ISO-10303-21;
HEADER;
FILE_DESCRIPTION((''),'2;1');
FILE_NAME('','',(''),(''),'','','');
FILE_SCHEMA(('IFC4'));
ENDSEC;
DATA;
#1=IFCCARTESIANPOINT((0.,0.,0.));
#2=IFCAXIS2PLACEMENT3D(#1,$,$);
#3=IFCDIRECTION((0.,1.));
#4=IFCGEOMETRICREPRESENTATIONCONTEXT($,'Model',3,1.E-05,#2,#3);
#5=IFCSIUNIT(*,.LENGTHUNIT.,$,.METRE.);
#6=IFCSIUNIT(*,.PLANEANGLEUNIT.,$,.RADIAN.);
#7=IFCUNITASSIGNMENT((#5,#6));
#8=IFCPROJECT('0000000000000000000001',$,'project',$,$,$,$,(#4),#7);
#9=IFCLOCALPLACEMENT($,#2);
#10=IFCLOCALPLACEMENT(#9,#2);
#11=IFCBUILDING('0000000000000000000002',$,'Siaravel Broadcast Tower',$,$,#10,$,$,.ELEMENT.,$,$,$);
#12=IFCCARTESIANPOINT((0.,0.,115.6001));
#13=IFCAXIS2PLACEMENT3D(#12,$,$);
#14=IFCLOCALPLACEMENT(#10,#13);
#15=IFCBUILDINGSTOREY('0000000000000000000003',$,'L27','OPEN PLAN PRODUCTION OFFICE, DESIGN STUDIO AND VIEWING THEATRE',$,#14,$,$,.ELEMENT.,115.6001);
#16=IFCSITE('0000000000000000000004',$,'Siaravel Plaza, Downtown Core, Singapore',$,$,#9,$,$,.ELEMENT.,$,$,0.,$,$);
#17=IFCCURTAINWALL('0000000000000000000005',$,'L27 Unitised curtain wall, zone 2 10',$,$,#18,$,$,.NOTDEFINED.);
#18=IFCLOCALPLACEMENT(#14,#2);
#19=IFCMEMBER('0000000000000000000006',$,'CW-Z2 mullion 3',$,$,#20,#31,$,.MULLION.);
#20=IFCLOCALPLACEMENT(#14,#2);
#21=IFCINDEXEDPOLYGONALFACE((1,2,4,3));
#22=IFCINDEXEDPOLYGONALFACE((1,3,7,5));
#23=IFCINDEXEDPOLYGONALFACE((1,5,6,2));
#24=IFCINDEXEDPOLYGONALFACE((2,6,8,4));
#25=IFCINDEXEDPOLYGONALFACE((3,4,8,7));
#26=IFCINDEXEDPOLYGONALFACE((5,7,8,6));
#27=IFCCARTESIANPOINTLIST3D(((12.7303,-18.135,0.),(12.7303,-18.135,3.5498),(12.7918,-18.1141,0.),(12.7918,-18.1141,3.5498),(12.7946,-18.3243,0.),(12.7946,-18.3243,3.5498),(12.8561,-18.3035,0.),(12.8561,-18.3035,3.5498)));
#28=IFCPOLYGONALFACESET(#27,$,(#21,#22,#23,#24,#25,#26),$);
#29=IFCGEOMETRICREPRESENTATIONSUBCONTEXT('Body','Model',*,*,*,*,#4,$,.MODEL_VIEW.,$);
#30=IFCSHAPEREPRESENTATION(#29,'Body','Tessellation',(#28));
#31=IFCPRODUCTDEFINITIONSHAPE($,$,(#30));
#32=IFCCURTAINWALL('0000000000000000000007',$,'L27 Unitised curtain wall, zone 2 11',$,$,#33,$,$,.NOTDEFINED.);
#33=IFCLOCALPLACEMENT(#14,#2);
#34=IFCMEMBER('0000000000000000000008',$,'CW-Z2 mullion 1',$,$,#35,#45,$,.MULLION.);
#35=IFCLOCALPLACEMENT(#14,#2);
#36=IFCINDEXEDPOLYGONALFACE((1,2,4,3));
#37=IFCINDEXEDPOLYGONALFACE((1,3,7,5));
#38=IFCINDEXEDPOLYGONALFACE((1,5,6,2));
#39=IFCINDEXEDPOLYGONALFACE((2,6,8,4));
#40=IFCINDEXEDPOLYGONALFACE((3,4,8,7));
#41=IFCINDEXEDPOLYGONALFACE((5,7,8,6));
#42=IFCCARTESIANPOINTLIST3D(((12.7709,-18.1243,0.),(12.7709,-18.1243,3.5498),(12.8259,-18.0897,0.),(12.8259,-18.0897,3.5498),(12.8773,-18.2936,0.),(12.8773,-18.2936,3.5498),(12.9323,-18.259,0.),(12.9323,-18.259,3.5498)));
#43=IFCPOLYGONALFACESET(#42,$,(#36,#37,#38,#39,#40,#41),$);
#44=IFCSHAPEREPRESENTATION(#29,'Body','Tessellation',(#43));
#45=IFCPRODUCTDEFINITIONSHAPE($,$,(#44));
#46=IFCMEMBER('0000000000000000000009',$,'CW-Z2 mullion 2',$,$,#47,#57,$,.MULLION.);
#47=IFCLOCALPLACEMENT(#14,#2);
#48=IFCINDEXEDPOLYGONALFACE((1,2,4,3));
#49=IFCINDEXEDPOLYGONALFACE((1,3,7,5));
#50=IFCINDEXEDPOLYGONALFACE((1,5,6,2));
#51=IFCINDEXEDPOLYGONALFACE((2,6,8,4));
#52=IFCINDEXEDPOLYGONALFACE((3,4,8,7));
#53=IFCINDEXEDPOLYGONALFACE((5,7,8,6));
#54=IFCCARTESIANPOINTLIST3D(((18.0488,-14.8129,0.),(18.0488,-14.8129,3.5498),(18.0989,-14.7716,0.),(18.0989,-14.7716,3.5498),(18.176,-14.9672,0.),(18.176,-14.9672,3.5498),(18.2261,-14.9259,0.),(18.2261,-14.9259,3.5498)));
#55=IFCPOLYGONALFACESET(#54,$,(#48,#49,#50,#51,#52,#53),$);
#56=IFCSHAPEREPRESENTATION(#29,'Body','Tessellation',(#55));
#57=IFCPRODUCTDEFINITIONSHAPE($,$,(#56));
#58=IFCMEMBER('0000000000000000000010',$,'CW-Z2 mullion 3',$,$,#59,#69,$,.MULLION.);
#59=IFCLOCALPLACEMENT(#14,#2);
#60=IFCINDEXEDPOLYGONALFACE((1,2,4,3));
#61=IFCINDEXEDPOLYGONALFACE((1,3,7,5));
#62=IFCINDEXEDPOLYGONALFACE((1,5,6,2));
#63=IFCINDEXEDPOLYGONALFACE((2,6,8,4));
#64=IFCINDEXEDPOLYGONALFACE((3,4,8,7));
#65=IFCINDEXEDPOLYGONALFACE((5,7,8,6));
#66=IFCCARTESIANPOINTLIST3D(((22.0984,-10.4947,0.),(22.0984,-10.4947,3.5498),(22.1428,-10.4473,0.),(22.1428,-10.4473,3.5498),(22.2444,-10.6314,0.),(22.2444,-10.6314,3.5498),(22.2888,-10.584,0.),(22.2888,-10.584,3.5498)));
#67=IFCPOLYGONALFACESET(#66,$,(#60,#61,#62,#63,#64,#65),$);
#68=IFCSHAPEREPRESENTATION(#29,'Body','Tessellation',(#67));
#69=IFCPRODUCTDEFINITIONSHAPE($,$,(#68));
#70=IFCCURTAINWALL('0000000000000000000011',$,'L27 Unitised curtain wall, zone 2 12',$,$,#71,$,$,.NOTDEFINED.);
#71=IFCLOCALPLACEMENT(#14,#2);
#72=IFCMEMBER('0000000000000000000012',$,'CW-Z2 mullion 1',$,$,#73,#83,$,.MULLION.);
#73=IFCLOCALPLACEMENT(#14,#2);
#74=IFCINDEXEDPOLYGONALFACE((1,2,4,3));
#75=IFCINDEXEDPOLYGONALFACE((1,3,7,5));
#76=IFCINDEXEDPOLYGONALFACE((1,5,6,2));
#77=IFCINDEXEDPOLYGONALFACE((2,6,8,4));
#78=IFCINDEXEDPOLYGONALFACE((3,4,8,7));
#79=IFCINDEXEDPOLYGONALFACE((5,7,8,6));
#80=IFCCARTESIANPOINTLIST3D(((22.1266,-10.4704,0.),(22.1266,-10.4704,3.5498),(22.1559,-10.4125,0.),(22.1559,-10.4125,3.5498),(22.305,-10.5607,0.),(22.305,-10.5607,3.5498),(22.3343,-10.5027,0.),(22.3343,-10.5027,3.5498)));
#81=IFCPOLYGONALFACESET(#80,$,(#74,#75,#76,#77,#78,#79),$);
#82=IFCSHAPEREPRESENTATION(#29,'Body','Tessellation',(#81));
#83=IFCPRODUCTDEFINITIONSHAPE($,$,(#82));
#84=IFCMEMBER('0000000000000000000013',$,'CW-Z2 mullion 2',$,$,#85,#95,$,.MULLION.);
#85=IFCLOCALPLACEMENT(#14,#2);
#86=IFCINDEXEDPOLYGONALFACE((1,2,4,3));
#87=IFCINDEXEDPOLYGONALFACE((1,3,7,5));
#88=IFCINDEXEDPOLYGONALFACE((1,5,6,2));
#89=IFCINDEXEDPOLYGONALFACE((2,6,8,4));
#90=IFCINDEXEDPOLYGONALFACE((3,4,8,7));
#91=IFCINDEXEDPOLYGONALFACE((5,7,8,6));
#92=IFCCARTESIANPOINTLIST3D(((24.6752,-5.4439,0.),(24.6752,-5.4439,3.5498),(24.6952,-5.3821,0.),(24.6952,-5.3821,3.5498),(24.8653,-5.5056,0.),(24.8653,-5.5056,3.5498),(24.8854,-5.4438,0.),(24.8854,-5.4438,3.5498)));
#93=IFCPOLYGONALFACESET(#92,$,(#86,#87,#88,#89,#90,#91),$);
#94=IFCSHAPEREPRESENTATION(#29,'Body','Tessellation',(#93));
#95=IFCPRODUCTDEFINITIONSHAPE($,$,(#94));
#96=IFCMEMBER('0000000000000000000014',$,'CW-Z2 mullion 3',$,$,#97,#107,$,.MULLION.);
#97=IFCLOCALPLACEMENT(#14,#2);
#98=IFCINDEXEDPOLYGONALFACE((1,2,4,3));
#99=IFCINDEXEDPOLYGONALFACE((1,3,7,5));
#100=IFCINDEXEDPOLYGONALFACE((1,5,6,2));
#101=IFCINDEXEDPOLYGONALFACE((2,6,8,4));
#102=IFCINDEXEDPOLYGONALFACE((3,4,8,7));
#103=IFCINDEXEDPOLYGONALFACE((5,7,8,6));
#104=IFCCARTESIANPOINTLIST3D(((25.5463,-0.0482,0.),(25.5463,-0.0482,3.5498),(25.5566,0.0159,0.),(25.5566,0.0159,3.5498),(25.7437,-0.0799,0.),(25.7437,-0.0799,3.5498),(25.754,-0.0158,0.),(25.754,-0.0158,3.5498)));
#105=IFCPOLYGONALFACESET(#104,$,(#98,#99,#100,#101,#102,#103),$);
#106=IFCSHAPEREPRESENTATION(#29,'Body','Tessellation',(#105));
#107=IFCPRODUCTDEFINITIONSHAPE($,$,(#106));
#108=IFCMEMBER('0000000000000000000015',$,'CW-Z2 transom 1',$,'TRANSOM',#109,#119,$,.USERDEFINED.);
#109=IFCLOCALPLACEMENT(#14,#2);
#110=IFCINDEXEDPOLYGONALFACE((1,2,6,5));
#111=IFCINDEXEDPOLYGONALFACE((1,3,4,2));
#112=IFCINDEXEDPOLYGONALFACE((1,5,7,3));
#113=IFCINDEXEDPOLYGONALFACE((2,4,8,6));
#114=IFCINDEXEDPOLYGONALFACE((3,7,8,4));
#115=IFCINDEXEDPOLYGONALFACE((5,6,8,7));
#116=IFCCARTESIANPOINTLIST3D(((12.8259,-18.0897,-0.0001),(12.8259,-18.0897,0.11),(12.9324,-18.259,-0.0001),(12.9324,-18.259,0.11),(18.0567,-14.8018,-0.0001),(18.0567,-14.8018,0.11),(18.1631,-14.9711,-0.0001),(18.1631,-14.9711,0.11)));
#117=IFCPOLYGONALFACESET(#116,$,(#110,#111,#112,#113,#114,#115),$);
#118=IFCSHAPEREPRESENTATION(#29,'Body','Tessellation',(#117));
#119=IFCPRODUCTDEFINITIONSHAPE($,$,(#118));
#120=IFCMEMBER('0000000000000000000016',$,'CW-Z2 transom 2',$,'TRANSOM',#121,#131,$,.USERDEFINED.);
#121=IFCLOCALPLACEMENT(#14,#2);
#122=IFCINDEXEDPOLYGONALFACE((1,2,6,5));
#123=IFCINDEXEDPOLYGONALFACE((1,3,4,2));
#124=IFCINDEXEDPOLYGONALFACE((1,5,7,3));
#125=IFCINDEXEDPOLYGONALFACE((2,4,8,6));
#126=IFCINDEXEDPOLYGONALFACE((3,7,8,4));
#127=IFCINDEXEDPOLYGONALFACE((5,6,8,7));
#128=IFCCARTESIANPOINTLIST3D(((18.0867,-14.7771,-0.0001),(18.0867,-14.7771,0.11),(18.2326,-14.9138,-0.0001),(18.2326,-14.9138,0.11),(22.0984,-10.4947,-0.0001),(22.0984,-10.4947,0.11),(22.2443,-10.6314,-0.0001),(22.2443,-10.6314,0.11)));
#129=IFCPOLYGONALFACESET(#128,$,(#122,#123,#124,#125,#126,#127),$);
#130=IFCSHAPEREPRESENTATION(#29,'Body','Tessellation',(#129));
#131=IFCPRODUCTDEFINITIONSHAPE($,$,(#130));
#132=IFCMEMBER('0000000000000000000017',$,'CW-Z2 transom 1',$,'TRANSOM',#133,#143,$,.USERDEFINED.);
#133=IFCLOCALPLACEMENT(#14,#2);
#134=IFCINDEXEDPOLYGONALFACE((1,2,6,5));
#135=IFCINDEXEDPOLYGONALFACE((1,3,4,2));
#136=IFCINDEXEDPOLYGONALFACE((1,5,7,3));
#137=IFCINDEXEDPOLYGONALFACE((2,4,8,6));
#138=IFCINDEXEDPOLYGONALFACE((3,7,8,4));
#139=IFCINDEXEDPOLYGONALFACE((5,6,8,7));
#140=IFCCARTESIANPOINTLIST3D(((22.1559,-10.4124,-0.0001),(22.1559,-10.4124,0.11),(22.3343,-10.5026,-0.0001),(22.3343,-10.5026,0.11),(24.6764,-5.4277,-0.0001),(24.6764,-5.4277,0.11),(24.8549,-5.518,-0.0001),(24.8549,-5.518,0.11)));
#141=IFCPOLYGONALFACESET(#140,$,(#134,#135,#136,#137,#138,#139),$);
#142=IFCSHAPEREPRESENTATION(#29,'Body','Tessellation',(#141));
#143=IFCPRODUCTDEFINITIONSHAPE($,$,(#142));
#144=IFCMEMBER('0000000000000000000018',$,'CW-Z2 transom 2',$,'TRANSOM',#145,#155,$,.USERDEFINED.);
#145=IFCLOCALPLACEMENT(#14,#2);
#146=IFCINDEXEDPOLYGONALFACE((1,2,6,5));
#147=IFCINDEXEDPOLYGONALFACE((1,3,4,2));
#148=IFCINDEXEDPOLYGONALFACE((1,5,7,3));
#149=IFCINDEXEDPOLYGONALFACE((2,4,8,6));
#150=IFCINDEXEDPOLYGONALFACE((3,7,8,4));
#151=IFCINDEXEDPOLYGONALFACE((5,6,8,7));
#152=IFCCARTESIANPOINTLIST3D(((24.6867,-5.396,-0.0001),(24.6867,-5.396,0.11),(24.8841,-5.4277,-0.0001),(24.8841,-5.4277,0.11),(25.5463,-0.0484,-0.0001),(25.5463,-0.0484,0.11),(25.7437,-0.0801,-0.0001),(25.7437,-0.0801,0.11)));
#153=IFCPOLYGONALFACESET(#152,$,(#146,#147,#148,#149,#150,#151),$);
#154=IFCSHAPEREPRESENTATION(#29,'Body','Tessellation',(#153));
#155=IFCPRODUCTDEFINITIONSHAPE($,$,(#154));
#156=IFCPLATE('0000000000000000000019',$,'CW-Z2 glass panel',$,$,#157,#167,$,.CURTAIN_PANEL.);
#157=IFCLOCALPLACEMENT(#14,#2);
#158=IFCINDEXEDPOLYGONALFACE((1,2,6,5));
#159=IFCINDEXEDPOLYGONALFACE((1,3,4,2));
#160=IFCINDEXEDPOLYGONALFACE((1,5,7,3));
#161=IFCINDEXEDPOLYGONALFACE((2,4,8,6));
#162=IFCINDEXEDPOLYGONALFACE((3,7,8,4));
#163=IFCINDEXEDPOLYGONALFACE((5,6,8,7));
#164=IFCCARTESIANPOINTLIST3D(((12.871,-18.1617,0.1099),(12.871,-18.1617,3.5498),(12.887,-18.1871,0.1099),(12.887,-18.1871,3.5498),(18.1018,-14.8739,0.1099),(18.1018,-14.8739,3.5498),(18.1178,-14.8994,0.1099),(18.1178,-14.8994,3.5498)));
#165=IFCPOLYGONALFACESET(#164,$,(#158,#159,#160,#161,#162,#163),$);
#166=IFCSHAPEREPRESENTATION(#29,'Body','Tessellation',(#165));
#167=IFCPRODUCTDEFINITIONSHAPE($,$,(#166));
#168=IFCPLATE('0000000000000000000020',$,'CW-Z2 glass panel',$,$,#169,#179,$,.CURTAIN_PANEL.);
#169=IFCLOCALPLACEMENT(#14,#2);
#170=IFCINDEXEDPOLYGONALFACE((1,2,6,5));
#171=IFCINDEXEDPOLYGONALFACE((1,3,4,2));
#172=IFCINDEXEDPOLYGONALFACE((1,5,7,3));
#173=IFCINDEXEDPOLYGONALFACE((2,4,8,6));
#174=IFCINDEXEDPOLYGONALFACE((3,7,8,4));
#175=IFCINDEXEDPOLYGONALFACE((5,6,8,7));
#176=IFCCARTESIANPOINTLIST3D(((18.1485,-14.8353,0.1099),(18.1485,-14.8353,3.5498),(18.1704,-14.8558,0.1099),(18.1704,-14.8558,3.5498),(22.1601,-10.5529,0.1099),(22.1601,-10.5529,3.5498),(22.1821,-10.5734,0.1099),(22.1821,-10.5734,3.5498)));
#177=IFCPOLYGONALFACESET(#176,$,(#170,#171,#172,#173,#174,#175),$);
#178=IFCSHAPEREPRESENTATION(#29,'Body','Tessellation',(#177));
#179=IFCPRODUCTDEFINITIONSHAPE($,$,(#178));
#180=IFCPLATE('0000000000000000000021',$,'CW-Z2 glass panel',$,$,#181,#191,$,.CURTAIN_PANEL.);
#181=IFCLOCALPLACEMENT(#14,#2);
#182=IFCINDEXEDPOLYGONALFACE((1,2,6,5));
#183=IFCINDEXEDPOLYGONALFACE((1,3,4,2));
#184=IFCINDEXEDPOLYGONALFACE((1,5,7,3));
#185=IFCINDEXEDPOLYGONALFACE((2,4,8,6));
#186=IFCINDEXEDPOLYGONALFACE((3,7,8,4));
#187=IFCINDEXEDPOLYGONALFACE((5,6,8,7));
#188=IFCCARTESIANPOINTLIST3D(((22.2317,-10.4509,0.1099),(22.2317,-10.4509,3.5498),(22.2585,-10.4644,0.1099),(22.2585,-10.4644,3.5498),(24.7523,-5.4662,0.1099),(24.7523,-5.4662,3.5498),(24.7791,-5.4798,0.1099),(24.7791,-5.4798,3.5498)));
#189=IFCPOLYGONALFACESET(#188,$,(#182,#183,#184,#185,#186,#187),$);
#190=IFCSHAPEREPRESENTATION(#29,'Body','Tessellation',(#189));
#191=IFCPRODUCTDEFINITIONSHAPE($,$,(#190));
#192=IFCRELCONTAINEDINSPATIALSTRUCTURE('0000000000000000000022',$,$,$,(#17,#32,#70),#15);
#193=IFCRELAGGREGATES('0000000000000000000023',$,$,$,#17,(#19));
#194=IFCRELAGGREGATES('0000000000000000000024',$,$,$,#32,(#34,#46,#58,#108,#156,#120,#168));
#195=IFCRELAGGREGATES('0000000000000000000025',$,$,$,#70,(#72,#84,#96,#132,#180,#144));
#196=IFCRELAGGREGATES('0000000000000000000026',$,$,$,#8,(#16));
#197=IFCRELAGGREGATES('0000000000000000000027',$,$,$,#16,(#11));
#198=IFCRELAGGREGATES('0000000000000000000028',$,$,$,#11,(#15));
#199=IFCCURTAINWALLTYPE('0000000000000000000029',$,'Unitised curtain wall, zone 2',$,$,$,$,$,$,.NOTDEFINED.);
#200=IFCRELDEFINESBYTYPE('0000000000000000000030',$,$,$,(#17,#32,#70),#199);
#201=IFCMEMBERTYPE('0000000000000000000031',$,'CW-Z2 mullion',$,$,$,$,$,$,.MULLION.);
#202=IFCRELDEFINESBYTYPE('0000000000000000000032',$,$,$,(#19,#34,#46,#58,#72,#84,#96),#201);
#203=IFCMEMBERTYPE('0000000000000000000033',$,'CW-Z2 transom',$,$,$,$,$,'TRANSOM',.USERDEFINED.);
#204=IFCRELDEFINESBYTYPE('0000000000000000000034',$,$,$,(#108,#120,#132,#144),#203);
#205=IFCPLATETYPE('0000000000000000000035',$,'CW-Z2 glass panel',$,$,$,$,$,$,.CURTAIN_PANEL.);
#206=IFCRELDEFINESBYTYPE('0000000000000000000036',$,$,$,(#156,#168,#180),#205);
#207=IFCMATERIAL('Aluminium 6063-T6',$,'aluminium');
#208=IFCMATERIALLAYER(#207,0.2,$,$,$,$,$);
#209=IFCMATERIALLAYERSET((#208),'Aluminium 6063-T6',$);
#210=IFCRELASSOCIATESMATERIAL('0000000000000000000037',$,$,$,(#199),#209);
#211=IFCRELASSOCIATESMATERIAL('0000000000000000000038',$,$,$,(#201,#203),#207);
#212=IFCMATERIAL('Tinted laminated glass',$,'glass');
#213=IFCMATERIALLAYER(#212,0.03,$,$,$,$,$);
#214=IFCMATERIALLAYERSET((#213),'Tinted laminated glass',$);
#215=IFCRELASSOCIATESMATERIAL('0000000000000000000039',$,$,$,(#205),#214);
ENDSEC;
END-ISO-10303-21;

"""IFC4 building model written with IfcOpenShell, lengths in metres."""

from ifc_helpers import new_model, si_unit, direction, frame, origin, origin_2d, place, context, subcontext, project, spatial, rectangle, extrude, material, layer, layer_set, material_profile, profile_set, type_object, element, aggregate, save


model = new_model("IFC4")

# Units and contexts
model_context = context("Model", 3, precision=1e-05, world=origin(), true_north=direction((0.0, 1.0)))
body_context = subcontext(model_context, "Body", "Model", "MODEL_VIEW")
ifc_project = project(units=[si_unit("LENGTHUNIT", "METRE"), si_unit("PLANEANGLEUNIT", "RADIAN")], contexts=[model_context])

# Site, building, storey
site_placement = place(None, origin())
site = spatial("IfcSite", under=ifc_project, at=site_placement, Name="Siaravel Plaza, Downtown Core, Singapore", CompositionType="ELEMENT", RefElevation=0.0)
building_placement = place(site_placement, origin())
building = spatial("IfcBuilding", under=site, at=building_placement, Name="Siaravel Broadcast Tower", CompositionType="ELEMENT")
storey_placement = place(building_placement, frame((0.0, 0.0, 115.6001)))
storey = spatial("IfcBuildingStorey", under=building, at=storey_placement, Name="L27", Description="OPEN PLAN PRODUCTION OFFICE, DESIGN STUDIO AND VIEWING THEATRE", CompositionType="ELEMENT", Elevation=115.6001)

# Curtain wall, member
ifc_material_1 = material(Name="Aluminium 6063-T6", Category="aluminium")
ifc_layer_1 = layer(ifc_material_1, 0.2)
ifc_layer_set_1 = layer_set([ifc_layer_1], Name="Aluminium 6063-T6")
curtain_wall_type = type_object("IfcCurtainWallType", Name="Unitised curtain wall, zone 2", PredefinedType="NOTDEFINED", material=ifc_layer_set_1)
curtain_wall_1_placement = place(storey_placement, origin())
curtain_wall_1 = element("IfcCurtainWall", 1, at=curtain_wall_1_placement, inside=storey, type_object=curtain_wall_type, Name="L27 Unitised curtain wall, zone 2 10", PredefinedType="NOTDEFINED")
ifc_material_profile_1 = material_profile(ifc_material_1, rectangle(XDim=0.2, YDim=0.0649, at=origin_2d()))
ifc_profile_set_1 = profile_set([ifc_material_profile_1], Name="Aluminium 6063-T6")
member_type_1 = type_object("IfcMemberType", Name="CW-Z2 mullion", PredefinedType="MULLION", material=ifc_profile_set_1)
member_1_placement = place(storey_placement, frame((12.7932, -18.2192, 0.0), z_axis=(0.0, 0.0, 1.0), x_axis=(-0.321301, 0.946977, 0.0)))
member_1 = element("IfcMember", 2, at=member_1_placement, type_object=member_type_1, Name="CW-Z2 mullion 3", PredefinedType="MULLION", context=body_context, shape_type="SweptSolid", body=[
    extrude(rectangle(XDim=0.2, YDim=0.0649, at=origin_2d()), origin(), (0.0, 0.0, 1.0), 3.5498),
])
aggregate(curtain_wall_1, [member_1])

# Curtain walls, members
curtain_wall_2_placement = place(storey_placement, origin())
curtain_wall_2 = element("IfcCurtainWall", 3, at=curtain_wall_2_placement, inside=storey, type_object=curtain_wall_type, Name="L27 Unitised curtain wall, zone 2 11", PredefinedType="NOTDEFINED")
member_2_placement = place(storey_placement, frame((12.8516, -18.1917, 0.0), z_axis=(0.0, 0.0, 1.0), x_axis=(-0.532149, 0.846651, 0.0)))
member_2 = element("IfcMember", 4, at=member_2_placement, type_object=member_type_1, Name="CW-Z2 mullion 1", PredefinedType="MULLION", context=body_context, shape_type="SweptSolid", body=[
    extrude(rectangle(XDim=0.2, YDim=0.0649, at=origin_2d()), origin(), (0.0, 0.0, 1.0), 3.5498),
])
member_3_placement = place(storey_placement, frame((18.1375, -14.8694, 0.0), z_axis=(0.0, 0.0, 1.0), x_axis=(-0.636218, 0.771509, 0.0)))
member_3 = element("IfcMember", 5, at=member_3_placement, type_object=member_type_1, Name="CW-Z2 mullion 2", PredefinedType="MULLION", context=body_context, shape_type="SweptSolid", body=[
    extrude(rectangle(XDim=0.2, YDim=0.0649, at=origin_2d()), origin(), (0.0, 0.0, 1.0), 3.5498),
])
member_4_placement = place(storey_placement, frame((22.1936, -10.5393, 0.0), z_axis=(0.0, 0.0, 1.0), x_axis=(-0.729805, 0.683655, 0.0)))
member_4 = element("IfcMember", 6, at=member_4_placement, type_object=member_type_1, Name="CW-Z2 mullion 3", PredefinedType="MULLION", context=body_context, shape_type="SweptSolid", body=[
    extrude(rectangle(XDim=0.2, YDim=0.0649, at=origin_2d()), origin(), (0.0, 0.0, 1.0), 3.5498),
])
curtain_wall_3_placement = place(storey_placement, origin())
curtain_wall_3 = element("IfcCurtainWall", 7, at=curtain_wall_3_placement, inside=storey, type_object=curtain_wall_type, Name="L27 Unitised curtain wall, zone 2 12", PredefinedType="NOTDEFINED")
member_5_placement = place(storey_placement, frame((22.2305, -10.4866, 0.0), z_axis=(0.0, 0.0, 1.0), x_axis=(-0.892392, 0.451261, 0.0)))
member_5 = element("IfcMember", 8, at=member_5_placement, type_object=member_type_1, Name="CW-Z2 mullion 1", PredefinedType="MULLION", context=body_context, shape_type="SweptSolid", body=[
    extrude(rectangle(XDim=0.2, YDim=0.0649, at=origin_2d()), origin(), (0.0, 0.0, 1.0), 3.5498),
])
member_6_placement = place(storey_placement, frame((24.7803, -5.4438, 0.0), z_axis=(0.0, 0.0, 1.0), x_axis=(-0.951177, 0.308646, 0.0)))
member_6 = element("IfcMember", 9, at=member_6_placement, type_object=member_type_1, Name="CW-Z2 mullion 2", PredefinedType="MULLION", context=body_context, shape_type="SweptSolid", body=[
    extrude(rectangle(XDim=0.2, YDim=0.0649, at=origin_2d()), origin(), (0.0, 0.0, 1.0), 3.5498),
])
member_7_placement = place(storey_placement, frame((25.6501, -0.032, 0.0), z_axis=(0.0, 0.0, 1.0), x_axis=(-0.987329, 0.158686, 0.0)))
member_7 = element("IfcMember", 10, at=member_7_placement, type_object=member_type_1, Name="CW-Z2 mullion 3", PredefinedType="MULLION", context=body_context, shape_type="SweptSolid", body=[
    extrude(rectangle(XDim=0.2, YDim=0.0649, at=origin_2d()), origin(), (0.0, 0.0, 1.0), 3.5498),
])

# Members
ifc_material_profile_2 = material_profile(ifc_material_1, rectangle(XDim=0.2, YDim=0.1101, at=origin_2d()))
ifc_profile_set_2 = profile_set([ifc_material_profile_2], Name="Aluminium 6063-T6")
member_type_2 = type_object("IfcMemberType", Name="CW-Z2 transom", ElementType="TRANSOM", PredefinedType="USERDEFINED", material=ifc_profile_set_2)
member_8_placement = place(storey_placement, frame((12.8792, -18.1743, 0.0549), z_axis=(0.846639, 0.532167, 0.0), x_axis=(-0.532167, 0.846639, 0.0)))
member_8 = element("IfcMember", 11, at=member_8_placement, type_object=member_type_2, Name="CW-Z2 transom 1", ObjectType="TRANSOM", PredefinedType="USERDEFINED", context=body_context, shape_type="SweptSolid", body=[
    extrude(rectangle(XDim=0.2, YDim=0.1101, at=origin_2d()), origin(), (0.0, 0.0, 1.0), 6.1782),
])
member_9_placement = place(storey_placement, frame((18.1597, -14.8455, 0.0549), z_axis=(0.68366, 0.729801, 0.0), x_axis=(-0.729801, 0.68366, 0.0)))
member_9 = element("IfcMember", 12, at=member_9_placement, type_object=member_type_2, Name="CW-Z2 transom 2", ObjectType="TRANSOM", PredefinedType="USERDEFINED", context=body_context, shape_type="SweptSolid", body=[
    extrude(rectangle(XDim=0.2, YDim=0.1101, at=origin_2d()), origin(), (0.0, 0.0, 1.0), 5.8679),
])
member_10_placement = place(storey_placement, frame((22.2451, -10.4575, 0.0549), z_axis=(0.451248, 0.892399, 0.0), x_axis=(-0.892399, 0.451248, 0.0)))
member_10 = element("IfcMember", 13, at=member_10_placement, type_object=member_type_2, Name="CW-Z2 transom 1", ObjectType="TRANSOM", PredefinedType="USERDEFINED", context=body_context, shape_type="SweptSolid", body=[
    extrude(rectangle(XDim=0.2, YDim=0.1101, at=origin_2d()), origin(), (0.0, 0.0, 1.0), 5.5857),
])
member_11_placement = place(storey_placement, frame((24.7854, -5.4119, 0.0549), z_axis=(0.158709, 0.987325, 0.0), x_axis=(-0.987325, 0.158709, 0.0)))
member_11 = element("IfcMember", 14, at=member_11_placement, type_object=member_type_2, Name="CW-Z2 transom 2", ObjectType="TRANSOM", PredefinedType="USERDEFINED", context=body_context, shape_type="SweptSolid", body=[
    extrude(rectangle(XDim=0.2, YDim=0.1101, at=origin_2d()), origin(), (0.0, 0.0, 1.0), 5.4163),
])

# Plates
ifc_material_2 = material(Name="Tinted laminated glass", Category="glass")
ifc_layer_2 = layer(ifc_material_2, 0.03)
ifc_layer_set_2 = layer_set([ifc_layer_2], Name="Tinted laminated glass")
plate_type = type_object("IfcPlateType", Name="CW-Z2 glass panel", PredefinedType="CURTAIN_PANEL", material=ifc_layer_set_2)
plate_1_placement = place(storey_placement, frame((15.4944, -16.5305, 0.1099), z_axis=(0.0, 0.0, 1.0), x_axis=(0.846651, 0.532149, 0.0)))
plate_1 = element("IfcPlate", 15, at=plate_1_placement, type_object=plate_type, Name="CW-Z2 glass panel", PredefinedType="CURTAIN_PANEL", context=body_context, shape_type="SweptSolid", body=[
    extrude(rectangle(XDim=6.1782, YDim=0.03, at=origin_2d()), origin(), (0.0, 0.0, 1.0), 3.4399),
])
plate_2_placement = place(storey_placement, frame((20.1653, -12.7043, 0.1099), z_axis=(0.0, 0.0, 1.0), x_axis=(0.683655, 0.729805, 0.0)))
plate_2 = element("IfcPlate", 16, at=plate_2_placement, type_object=plate_type, Name="CW-Z2 glass panel", PredefinedType="CURTAIN_PANEL", context=body_context, shape_type="SweptSolid", body=[
    extrude(rectangle(XDim=5.8679, YDim=0.03, at=origin_2d()), origin(), (0.0, 0.0, 1.0), 3.4399),
])
aggregate(curtain_wall_2, [member_2, member_3, member_4, member_8, plate_1, member_9, plate_2])
plate_3_placement = place(storey_placement, frame((23.5054, -7.9653, 0.1099), z_axis=(0.0, 0.0, 1.0), x_axis=(0.451261, 0.892392, 0.0)))
plate_3 = element("IfcPlate", 17, at=plate_3_placement, type_object=plate_type, Name="CW-Z2 glass panel", PredefinedType="CURTAIN_PANEL", context=body_context, shape_type="SweptSolid", body=[
    extrude(rectangle(XDim=5.5857, YDim=0.03, at=origin_2d()), origin(), (0.0, 0.0, 1.0), 3.4399),
])
aggregate(curtain_wall_3, [member_5, member_6, member_7, member_10, plate_3, member_11])

save(model, "model.ifc")
